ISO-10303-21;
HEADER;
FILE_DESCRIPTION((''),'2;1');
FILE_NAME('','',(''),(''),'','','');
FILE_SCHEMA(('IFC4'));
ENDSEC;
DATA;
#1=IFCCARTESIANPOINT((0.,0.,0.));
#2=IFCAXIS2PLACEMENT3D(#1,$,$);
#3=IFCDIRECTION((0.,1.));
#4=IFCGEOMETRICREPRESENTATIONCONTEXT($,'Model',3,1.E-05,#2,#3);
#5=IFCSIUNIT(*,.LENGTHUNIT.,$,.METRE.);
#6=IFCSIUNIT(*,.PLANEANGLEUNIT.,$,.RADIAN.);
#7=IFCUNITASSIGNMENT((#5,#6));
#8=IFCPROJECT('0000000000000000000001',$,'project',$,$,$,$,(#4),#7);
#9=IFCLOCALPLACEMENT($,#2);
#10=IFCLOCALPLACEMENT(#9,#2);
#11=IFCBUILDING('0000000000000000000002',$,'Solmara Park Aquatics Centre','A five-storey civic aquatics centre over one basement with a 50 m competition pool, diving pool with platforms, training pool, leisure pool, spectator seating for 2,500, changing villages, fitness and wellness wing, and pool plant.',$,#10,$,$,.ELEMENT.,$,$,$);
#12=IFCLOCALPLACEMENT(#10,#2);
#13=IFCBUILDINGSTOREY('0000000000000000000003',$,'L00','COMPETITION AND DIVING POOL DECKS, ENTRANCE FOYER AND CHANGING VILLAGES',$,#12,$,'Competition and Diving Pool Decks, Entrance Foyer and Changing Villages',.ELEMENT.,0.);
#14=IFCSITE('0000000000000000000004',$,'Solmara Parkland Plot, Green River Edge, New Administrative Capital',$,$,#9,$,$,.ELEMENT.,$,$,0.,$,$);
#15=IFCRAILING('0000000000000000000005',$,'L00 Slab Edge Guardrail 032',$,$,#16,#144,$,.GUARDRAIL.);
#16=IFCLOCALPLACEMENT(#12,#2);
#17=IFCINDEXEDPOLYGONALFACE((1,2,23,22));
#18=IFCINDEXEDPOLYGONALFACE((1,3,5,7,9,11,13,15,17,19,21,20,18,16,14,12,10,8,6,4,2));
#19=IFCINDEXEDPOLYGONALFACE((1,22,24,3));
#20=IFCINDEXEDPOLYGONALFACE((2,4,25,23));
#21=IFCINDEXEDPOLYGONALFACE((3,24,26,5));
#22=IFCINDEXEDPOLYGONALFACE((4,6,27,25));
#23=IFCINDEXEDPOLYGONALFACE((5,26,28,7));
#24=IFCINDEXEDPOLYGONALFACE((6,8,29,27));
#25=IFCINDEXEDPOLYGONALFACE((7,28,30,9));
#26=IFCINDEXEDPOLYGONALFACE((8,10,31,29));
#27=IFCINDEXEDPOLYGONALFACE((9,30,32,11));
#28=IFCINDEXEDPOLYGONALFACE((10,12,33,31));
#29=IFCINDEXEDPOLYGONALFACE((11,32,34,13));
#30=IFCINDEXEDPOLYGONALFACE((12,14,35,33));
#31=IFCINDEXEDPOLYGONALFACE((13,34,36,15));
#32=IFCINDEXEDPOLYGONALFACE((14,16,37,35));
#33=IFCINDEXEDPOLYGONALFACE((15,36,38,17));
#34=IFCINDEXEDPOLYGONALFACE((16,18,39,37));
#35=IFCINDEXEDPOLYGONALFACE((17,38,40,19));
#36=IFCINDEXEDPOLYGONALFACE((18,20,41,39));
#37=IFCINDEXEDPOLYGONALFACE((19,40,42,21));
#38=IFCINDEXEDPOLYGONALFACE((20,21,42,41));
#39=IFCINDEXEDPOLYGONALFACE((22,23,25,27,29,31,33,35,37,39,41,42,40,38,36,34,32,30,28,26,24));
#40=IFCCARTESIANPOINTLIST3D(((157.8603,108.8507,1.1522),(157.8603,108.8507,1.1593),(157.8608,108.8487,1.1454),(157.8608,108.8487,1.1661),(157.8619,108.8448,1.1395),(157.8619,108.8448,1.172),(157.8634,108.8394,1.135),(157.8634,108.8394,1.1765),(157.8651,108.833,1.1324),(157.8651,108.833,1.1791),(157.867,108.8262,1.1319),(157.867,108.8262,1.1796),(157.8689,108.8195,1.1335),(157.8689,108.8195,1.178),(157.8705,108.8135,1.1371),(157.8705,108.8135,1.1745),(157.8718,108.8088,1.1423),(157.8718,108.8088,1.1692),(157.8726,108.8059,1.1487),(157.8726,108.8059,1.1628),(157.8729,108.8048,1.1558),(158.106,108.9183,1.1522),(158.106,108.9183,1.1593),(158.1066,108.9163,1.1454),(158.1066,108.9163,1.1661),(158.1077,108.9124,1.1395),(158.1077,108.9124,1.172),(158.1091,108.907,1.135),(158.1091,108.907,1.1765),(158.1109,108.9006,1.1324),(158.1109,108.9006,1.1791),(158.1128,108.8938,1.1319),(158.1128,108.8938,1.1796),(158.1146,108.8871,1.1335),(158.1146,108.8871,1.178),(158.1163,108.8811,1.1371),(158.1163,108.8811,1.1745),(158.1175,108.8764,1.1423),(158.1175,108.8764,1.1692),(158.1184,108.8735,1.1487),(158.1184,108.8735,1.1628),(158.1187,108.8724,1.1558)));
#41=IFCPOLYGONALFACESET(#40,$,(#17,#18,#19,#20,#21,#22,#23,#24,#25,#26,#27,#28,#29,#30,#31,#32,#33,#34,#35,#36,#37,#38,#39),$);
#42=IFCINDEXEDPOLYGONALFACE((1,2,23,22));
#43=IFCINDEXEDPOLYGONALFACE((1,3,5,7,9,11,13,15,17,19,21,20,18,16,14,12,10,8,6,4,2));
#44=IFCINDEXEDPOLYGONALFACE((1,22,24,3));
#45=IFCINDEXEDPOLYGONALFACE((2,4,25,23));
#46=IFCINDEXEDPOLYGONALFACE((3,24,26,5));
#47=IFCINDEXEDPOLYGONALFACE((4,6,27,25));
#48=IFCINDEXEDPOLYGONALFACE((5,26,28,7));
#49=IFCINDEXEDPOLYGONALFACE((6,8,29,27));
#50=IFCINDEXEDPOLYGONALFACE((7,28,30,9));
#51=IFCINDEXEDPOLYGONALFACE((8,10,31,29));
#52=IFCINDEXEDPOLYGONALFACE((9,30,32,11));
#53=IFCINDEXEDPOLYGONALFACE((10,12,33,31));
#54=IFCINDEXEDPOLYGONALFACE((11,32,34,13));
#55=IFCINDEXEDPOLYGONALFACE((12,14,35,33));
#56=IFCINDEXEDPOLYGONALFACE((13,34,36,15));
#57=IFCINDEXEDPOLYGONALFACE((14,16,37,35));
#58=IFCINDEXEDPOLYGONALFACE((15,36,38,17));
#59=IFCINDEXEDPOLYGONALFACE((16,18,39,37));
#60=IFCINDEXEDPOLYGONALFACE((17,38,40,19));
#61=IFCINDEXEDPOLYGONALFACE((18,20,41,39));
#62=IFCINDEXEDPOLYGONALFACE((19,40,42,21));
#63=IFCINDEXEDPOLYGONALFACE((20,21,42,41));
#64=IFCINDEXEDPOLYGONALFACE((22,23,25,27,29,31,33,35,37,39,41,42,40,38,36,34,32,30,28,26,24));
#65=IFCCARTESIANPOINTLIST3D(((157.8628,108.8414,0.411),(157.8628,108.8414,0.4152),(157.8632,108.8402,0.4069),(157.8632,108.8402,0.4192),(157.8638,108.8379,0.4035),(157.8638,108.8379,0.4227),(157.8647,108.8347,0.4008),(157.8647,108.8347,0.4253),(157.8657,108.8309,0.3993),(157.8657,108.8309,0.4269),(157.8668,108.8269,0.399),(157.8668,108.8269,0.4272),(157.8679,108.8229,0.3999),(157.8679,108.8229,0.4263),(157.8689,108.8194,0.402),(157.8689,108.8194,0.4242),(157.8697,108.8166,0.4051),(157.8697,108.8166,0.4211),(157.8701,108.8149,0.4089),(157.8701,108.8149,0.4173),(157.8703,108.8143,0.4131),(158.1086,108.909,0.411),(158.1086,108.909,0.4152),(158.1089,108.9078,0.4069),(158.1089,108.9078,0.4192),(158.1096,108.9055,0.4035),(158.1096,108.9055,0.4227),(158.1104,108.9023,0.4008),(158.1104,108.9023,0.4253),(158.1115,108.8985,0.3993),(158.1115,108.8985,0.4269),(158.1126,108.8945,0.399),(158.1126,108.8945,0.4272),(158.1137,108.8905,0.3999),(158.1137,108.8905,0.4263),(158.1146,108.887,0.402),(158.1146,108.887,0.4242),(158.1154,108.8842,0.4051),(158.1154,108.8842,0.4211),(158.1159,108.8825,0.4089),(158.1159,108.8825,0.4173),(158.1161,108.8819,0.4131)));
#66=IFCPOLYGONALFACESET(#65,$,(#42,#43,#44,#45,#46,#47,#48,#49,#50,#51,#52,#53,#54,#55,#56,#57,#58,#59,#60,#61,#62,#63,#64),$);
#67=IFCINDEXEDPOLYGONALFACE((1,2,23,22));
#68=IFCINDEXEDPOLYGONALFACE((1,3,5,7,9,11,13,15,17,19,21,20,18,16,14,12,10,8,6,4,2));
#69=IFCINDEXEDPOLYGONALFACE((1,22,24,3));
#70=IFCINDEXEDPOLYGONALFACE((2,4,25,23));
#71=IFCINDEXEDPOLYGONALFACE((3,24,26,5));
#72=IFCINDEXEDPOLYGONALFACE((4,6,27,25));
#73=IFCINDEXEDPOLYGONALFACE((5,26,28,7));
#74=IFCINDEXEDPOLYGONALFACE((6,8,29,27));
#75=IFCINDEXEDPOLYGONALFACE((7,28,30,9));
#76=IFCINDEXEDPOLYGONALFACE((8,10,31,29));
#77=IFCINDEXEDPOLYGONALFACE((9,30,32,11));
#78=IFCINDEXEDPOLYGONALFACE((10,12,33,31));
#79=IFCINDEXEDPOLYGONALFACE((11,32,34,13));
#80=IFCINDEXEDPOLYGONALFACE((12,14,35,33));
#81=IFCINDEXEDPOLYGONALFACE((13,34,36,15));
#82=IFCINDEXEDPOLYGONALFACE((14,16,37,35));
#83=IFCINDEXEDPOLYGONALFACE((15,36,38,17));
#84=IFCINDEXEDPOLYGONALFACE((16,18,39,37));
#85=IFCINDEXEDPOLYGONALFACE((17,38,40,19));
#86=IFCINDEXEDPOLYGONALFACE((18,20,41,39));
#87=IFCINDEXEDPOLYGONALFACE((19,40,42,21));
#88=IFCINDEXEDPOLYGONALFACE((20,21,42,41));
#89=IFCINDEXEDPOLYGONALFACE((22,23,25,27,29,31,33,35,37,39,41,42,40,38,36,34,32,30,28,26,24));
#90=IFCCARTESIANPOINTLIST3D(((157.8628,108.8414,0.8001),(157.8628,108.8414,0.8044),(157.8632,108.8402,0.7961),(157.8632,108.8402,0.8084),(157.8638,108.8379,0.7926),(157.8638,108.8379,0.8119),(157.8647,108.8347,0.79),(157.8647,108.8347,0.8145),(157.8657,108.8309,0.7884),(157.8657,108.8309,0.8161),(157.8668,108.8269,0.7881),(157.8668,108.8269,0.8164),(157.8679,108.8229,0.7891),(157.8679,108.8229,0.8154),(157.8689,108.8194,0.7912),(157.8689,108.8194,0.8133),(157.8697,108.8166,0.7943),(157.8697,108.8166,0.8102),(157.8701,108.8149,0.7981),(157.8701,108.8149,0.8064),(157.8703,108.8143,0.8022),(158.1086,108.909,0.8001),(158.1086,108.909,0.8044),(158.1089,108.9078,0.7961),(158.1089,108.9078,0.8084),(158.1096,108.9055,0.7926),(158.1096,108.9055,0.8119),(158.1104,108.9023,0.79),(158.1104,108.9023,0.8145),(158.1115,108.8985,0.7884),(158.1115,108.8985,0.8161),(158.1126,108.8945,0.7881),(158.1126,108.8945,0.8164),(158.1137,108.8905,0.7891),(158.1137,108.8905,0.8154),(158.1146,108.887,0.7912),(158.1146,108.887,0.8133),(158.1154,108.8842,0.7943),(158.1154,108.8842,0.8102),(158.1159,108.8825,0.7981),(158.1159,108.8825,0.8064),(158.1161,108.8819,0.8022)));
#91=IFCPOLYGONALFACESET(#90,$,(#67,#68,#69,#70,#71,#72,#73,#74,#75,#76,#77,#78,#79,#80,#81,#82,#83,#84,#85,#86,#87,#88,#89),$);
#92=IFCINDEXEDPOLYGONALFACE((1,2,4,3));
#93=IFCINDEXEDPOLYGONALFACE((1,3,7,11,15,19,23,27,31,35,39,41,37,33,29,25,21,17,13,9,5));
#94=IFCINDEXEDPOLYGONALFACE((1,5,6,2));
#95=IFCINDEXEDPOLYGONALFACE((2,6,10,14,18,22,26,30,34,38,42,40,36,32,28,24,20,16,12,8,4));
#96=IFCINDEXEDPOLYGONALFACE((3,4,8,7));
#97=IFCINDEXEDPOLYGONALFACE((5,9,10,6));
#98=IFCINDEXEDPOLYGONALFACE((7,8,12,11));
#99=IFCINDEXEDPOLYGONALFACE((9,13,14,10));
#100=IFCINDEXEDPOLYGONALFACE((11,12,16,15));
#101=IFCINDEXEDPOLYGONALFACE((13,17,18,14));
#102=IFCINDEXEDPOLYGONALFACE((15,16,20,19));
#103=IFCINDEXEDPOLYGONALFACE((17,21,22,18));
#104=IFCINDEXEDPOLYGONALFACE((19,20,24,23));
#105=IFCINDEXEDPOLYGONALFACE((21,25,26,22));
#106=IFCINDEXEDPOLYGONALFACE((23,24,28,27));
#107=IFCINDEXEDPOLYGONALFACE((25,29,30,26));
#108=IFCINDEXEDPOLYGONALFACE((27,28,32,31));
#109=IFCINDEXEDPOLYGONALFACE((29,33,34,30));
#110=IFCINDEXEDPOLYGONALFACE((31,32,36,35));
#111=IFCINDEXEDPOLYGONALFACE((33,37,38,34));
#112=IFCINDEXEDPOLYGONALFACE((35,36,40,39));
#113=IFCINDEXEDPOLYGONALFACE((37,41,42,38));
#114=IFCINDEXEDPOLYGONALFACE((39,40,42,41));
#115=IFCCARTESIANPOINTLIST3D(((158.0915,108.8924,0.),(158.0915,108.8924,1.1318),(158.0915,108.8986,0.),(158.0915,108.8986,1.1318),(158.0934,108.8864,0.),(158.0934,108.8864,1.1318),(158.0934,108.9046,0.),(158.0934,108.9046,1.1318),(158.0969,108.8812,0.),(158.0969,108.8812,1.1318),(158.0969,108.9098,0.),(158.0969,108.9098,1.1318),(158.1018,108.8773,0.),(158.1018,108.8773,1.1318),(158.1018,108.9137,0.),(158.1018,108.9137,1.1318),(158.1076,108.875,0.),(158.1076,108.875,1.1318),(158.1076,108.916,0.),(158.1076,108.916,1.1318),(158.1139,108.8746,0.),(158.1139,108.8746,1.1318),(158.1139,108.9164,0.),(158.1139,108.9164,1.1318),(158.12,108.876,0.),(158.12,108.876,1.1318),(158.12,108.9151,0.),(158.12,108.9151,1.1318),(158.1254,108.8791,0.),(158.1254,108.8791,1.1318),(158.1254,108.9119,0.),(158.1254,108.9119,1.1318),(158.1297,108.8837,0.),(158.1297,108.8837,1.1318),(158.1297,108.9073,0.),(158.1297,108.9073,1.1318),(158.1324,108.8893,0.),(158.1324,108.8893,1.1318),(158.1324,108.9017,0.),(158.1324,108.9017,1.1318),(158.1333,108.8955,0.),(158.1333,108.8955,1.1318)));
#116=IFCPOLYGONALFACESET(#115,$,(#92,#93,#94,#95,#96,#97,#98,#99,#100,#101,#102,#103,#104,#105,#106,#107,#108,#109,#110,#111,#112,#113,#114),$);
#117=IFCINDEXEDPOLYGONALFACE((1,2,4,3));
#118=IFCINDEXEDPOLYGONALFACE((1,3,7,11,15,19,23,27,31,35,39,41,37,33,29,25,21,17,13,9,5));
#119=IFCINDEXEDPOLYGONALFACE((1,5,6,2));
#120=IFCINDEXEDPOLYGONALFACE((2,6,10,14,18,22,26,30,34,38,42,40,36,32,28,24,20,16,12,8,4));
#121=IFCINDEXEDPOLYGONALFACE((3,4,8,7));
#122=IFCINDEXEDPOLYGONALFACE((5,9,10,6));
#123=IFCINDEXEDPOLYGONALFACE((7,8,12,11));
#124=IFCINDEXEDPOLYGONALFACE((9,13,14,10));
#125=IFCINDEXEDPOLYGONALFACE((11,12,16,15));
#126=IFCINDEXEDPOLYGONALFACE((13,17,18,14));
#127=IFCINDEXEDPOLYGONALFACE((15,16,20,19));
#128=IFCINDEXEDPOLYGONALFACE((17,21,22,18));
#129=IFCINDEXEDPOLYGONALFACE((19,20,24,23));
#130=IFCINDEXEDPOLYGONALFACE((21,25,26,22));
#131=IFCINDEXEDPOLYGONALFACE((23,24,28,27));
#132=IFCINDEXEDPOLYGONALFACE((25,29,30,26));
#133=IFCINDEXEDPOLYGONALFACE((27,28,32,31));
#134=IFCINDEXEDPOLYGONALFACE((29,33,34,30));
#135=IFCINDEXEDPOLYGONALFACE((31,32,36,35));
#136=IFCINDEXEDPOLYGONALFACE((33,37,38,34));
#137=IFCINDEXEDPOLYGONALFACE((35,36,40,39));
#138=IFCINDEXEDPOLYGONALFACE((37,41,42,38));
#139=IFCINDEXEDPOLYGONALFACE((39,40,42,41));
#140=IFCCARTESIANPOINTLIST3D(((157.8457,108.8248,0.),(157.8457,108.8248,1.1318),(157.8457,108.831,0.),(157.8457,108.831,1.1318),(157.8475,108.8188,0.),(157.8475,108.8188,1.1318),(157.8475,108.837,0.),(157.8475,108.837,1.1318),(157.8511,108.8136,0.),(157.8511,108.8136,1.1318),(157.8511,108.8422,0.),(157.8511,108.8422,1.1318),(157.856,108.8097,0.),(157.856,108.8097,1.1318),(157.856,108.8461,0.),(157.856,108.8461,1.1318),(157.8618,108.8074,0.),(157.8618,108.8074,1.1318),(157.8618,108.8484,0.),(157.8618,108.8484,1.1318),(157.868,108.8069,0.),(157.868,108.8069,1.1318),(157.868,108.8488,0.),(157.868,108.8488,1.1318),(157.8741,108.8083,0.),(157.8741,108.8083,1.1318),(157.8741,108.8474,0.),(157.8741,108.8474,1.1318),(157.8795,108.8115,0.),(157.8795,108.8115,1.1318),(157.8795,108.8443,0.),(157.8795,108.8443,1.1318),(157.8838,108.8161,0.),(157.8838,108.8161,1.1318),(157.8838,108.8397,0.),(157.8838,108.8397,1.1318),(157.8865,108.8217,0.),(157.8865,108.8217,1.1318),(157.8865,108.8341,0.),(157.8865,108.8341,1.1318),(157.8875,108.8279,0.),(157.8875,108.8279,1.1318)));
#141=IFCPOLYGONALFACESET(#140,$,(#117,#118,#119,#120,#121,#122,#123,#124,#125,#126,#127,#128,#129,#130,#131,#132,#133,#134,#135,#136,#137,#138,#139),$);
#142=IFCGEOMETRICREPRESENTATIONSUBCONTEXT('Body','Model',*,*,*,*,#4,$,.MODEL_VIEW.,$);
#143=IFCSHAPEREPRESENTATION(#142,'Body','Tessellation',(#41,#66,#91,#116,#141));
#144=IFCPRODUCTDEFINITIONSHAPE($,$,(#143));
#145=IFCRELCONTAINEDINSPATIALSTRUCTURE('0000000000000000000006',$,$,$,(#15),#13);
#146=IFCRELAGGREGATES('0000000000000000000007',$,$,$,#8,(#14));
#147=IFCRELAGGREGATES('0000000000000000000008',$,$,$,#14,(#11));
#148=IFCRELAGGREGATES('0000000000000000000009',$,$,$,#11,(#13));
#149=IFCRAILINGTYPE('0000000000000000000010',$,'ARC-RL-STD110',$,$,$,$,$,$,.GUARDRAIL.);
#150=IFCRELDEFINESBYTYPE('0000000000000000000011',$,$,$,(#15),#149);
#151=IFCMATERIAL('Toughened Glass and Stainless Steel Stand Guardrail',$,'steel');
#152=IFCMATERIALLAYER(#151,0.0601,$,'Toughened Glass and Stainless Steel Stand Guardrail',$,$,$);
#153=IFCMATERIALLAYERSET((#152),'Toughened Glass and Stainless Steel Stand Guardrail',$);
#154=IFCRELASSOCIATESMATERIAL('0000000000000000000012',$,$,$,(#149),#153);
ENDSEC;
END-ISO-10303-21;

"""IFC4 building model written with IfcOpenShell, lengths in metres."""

from ifc_helpers import new_model, si_unit, direction, frame, origin, origin_2d, place, context, subcontext, project, spatial, circle, extrude, material, layer, layer_set, type_object, element, save


model = new_model("IFC4")

# Units and contexts
model_context = context("Model", 3, precision=1e-05, world=origin(), true_north=direction((0.0, 1.0)))
body_context = subcontext(model_context, "Body", "Model", "MODEL_VIEW")
ifc_project = project(units=[si_unit("LENGTHUNIT", "METRE"), si_unit("PLANEANGLEUNIT", "RADIAN")], contexts=[model_context])

# Site, building, storey
site_placement = place(None, origin())
site = spatial("IfcSite", under=ifc_project, at=site_placement, Name="Solmara Parkland Plot, Green River Edge, New Administrative Capital", CompositionType="ELEMENT", RefElevation=0.0)
building_placement = place(site_placement, origin())
building = spatial("IfcBuilding", under=site, at=building_placement, Name="Solmara Park Aquatics Centre", Description="A five-storey civic aquatics centre over one basement with a 50 m competition pool, diving pool with platforms, training pool, leisure pool, spectator seating for 2,500, changing villages, fitness and wellness wing, and pool plant.", CompositionType="ELEMENT")
storey_placement = place(building_placement, origin())
storey = spatial("IfcBuildingStorey", under=building, at=storey_placement, Name="L00", Description="COMPETITION AND DIVING POOL DECKS, ENTRANCE FOYER AND CHANGING VILLAGES", LongName="Competition and Diving Pool Decks, Entrance Foyer and Changing Villages", CompositionType="ELEMENT", Elevation=0.0)

# Railing
ifc_material_1 = material(Name="Toughened Glass and Stainless Steel Stand Guardrail", Category="steel")
ifc_layer_1 = layer(ifc_material_1, 0.0601, Name="Toughened Glass and Stainless Steel Stand Guardrail")
ifc_layer_set_1 = layer_set([ifc_layer_1], Name="Toughened Glass and Stainless Steel Stand Guardrail")
railing_type_1 = type_object("IfcRailingType", Name="ARC-RL-STD110", PredefinedType="GUARDRAIL", material=ifc_layer_set_1)
railing_1_placement = place(storey_placement, frame((158.1123, 108.8955, 0.0)))
element("IfcRailing", 1, at=railing_1_placement, inside=storey, type_object=railing_type_1, Name="L00 Slab Edge Guardrail 032", PredefinedType="GUARDRAIL", context=body_context, shape_type="SweptSolid", body=[
    extrude(circle(Radius=0.0239, at=origin_2d()), frame((0.0, 0.0, 1.1558), z_axis=(-0.964187, -0.265223, 0.0), x_axis=(0.265223, -0.964187, 0.0)), (0.0, 0.0, 1.0), 0.2549),
    extrude(circle(Radius=0.0142, at=origin_2d()), frame((0.0, 0.0, 0.4131), z_axis=(-0.964187, -0.265223, 0.0), x_axis=(0.265223, -0.964187, 0.0)), (0.0, 0.0, 1.0), 0.2549),
    extrude(circle(Radius=0.0142, at=origin_2d()), frame((0.0, 0.0, 0.8022), z_axis=(-0.964187, -0.265223, 0.0), x_axis=(0.265223, -0.964187, 0.0)), (0.0, 0.0, 1.0), 0.2549),
    extrude(circle(Radius=0.021, at=origin_2d()), origin(), (0.0, 0.0, 1.0), 1.1318),
    extrude(circle(Radius=0.021, at=origin_2d()), frame((-0.2458, -0.0676, 0.0)), (0.0, 0.0, 1.0), 1.1318),
])

save(model, "model.ifc")
